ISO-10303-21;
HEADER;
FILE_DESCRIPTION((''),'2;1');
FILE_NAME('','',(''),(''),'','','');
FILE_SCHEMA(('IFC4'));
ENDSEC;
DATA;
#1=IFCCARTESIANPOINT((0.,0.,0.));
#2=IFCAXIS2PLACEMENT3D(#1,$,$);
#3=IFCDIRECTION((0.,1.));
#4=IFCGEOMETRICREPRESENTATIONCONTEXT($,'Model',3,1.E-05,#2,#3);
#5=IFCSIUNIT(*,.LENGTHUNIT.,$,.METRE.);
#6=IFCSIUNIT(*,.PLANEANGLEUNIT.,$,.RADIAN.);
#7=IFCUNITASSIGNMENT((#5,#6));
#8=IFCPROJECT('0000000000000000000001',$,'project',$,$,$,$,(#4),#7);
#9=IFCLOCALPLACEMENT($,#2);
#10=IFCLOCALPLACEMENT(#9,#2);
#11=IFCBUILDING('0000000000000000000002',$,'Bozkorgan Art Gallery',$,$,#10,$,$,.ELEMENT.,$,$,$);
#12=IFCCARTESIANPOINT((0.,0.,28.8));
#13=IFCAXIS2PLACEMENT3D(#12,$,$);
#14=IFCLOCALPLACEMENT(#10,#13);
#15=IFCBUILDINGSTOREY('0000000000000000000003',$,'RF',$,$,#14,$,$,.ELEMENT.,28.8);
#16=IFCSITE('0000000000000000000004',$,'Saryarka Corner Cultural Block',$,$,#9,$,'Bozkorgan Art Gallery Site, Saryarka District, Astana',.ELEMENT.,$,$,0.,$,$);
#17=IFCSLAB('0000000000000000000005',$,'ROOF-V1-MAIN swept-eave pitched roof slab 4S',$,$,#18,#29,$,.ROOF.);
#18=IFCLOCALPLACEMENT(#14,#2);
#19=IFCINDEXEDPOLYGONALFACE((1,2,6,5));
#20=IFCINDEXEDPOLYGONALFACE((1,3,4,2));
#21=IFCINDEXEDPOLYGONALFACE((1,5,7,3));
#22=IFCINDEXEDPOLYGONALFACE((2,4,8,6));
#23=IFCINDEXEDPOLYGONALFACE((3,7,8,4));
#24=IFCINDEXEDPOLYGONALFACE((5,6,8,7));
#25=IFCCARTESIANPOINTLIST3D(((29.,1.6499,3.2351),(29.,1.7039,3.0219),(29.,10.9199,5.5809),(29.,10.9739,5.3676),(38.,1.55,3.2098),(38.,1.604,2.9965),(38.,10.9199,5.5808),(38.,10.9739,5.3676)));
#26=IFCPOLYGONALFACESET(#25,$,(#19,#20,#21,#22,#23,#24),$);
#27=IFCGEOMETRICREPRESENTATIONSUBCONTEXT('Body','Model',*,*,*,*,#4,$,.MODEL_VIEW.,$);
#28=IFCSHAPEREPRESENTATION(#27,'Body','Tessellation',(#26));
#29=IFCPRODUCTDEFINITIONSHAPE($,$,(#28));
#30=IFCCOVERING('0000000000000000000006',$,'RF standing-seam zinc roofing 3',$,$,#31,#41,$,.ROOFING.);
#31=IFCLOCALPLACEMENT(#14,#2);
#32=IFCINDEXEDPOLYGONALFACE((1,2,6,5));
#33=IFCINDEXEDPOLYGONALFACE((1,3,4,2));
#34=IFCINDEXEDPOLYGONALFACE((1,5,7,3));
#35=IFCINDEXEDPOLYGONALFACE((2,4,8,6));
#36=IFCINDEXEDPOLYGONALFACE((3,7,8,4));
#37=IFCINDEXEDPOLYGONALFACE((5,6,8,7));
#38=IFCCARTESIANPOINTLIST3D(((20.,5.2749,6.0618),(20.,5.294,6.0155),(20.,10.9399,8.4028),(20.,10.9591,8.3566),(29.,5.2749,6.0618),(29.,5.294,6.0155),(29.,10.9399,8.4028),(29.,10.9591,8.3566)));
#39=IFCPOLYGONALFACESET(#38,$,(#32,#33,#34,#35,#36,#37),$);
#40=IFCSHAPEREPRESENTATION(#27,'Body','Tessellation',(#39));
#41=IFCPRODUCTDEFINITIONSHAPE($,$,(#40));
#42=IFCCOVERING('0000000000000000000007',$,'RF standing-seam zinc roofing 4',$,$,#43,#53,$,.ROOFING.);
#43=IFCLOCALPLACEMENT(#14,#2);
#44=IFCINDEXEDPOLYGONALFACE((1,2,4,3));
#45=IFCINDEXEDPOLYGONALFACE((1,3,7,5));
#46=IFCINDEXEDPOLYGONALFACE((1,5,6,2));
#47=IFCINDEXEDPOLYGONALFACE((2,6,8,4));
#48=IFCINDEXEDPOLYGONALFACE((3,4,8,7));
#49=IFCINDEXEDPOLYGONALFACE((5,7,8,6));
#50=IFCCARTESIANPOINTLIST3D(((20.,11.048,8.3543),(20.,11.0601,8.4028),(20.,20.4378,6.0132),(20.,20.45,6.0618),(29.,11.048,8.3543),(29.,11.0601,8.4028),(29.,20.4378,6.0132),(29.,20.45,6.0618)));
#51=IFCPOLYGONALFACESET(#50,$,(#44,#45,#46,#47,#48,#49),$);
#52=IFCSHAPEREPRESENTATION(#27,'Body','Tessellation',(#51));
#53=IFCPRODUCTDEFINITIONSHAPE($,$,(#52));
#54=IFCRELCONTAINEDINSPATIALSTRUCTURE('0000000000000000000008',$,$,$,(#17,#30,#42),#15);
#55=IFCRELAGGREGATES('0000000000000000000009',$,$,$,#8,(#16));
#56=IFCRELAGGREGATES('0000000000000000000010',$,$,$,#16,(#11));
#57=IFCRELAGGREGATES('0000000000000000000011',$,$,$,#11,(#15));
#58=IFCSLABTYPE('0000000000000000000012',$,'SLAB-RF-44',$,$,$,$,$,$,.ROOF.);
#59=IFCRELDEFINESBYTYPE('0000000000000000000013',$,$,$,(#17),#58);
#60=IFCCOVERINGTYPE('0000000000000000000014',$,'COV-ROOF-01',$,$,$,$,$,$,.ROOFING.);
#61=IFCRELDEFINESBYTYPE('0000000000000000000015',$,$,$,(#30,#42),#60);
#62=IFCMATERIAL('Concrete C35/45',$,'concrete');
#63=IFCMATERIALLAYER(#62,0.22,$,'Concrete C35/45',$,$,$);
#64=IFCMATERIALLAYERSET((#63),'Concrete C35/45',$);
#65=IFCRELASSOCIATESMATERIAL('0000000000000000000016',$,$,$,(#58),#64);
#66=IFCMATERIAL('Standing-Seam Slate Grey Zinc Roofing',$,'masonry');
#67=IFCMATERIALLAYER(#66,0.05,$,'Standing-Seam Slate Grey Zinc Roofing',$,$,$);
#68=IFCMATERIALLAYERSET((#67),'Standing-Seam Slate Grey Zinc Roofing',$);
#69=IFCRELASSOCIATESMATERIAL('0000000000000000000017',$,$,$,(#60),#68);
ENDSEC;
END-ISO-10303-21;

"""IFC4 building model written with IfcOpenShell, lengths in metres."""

from ifc_helpers import new_model, si_unit, direction, frame, origin, place, context, subcontext, project, spatial, polyline, outline, extrude, material, layer, layer_set, type_object, element, save


model = new_model("IFC4")

# Units and contexts
model_context = context("Model", 3, precision=1e-05, world=origin(), true_north=direction((0.0, 1.0)))
body_context = subcontext(model_context, "Body", "Model", "MODEL_VIEW")
ifc_project = project(units=[si_unit("LENGTHUNIT", "METRE"), si_unit("PLANEANGLEUNIT", "RADIAN")], contexts=[model_context])

# Site, building, storey
site_placement = place(None, origin())
site = spatial("IfcSite", under=ifc_project, at=site_placement, Name="Saryarka Corner Cultural Block", LongName="Bozkorgan Art Gallery Site, Saryarka District, Astana", CompositionType="ELEMENT", RefElevation=0.0)
building_placement = place(site_placement, origin())
building = spatial("IfcBuilding", under=site, at=building_placement, Name="Bozkorgan Art Gallery", CompositionType="ELEMENT")
storey_placement = place(building_placement, frame((0.0, 0.0, 28.8)))
storey = spatial("IfcBuildingStorey", under=building, at=storey_placement, Name="RF", CompositionType="ELEMENT", Elevation=28.8)

# Slab
ifc_material_1 = material(Name="Concrete C35/45", Category="concrete")
ifc_layer_1 = layer(ifc_material_1, 0.22, Name="Concrete C35/45")
ifc_layer_set_1 = layer_set([ifc_layer_1], Name="Concrete C35/45")
slab_type_1 = type_object("IfcSlabType", Name="SLAB-RF-44", PredefinedType="ROOF", material=ifc_layer_set_1)
slab_1_placement = place(storey_placement, frame((29.0, 1.6499, 3.2351), z_axis=(0.000007, -0.245316, 0.969443), x_axis=(0.999934, -0.011096, -0.002815)))
element("IfcSlab", 1, at=slab_1_placement, inside=storey, type_object=slab_type_1, Name="ROOF-V1-MAIN swept-eave pitched roof slab 4S", PredefinedType="ROOF", context=body_context, shape_type="SweptSolid", body=[
    extrude(outline(polyline([(0.0, 0.0), (9.0006, 0.0), (8.89, 9.6646), (-0.1095, 9.5616), (0.0, 0.0)])), origin(), (0.0, 0.0, -1.0), 0.22),
])

# Coverings
ifc_material_2 = material(Name="Standing-Seam Slate Grey Zinc Roofing", Category="masonry")
ifc_layer_2 = layer(ifc_material_2, 0.05, Name="Standing-Seam Slate Grey Zinc Roofing")
ifc_layer_set_2 = layer_set([ifc_layer_2], Name="Standing-Seam Slate Grey Zinc Roofing")
covering_type = type_object("IfcCoveringType", Name="COV-ROOF-01", PredefinedType="ROOFING", material=ifc_layer_set_2)
covering_1_placement = place(storey_placement, frame((20.0, 5.2749, 6.0618), z_axis=(0.0, -0.381921, 0.924195), x_axis=(1.0, 0.0, 0.0)))
element("IfcCovering", 2, at=covering_1_placement, inside=storey, type_object=covering_type, Name="RF standing-seam zinc roofing 3", PredefinedType="ROOFING", context=body_context, shape_type="SweptSolid", body=[
    extrude(outline(polyline([(0.0, 0.0), (9.0, 0.0), (9.0, 6.1297), (0.0, 6.1297), (0.0, 0.0)])), origin(), (0.0, 0.0, -1.0), 0.05),
])
covering_2_placement = place(storey_placement, frame((20.0, 11.0601, 8.4028), z_axis=(0.0, 0.241912, 0.970298), x_axis=(1.0, 0.0, 0.0)))
element("IfcCovering", 3, at=covering_2_placement, inside=storey, type_object=covering_type, Name="RF standing-seam zinc roofing 4", PredefinedType="ROOFING", context=body_context, shape_type="SweptSolid", body=[
    extrude(outline(polyline([(0.0, 0.0), (9.0, 0.0), (9.0, 9.6773), (0.0, 9.6773), (0.0, 0.0)])), origin(), (0.0, 0.0, -1.0), 0.05),
])

save(model, "model.ifc")
